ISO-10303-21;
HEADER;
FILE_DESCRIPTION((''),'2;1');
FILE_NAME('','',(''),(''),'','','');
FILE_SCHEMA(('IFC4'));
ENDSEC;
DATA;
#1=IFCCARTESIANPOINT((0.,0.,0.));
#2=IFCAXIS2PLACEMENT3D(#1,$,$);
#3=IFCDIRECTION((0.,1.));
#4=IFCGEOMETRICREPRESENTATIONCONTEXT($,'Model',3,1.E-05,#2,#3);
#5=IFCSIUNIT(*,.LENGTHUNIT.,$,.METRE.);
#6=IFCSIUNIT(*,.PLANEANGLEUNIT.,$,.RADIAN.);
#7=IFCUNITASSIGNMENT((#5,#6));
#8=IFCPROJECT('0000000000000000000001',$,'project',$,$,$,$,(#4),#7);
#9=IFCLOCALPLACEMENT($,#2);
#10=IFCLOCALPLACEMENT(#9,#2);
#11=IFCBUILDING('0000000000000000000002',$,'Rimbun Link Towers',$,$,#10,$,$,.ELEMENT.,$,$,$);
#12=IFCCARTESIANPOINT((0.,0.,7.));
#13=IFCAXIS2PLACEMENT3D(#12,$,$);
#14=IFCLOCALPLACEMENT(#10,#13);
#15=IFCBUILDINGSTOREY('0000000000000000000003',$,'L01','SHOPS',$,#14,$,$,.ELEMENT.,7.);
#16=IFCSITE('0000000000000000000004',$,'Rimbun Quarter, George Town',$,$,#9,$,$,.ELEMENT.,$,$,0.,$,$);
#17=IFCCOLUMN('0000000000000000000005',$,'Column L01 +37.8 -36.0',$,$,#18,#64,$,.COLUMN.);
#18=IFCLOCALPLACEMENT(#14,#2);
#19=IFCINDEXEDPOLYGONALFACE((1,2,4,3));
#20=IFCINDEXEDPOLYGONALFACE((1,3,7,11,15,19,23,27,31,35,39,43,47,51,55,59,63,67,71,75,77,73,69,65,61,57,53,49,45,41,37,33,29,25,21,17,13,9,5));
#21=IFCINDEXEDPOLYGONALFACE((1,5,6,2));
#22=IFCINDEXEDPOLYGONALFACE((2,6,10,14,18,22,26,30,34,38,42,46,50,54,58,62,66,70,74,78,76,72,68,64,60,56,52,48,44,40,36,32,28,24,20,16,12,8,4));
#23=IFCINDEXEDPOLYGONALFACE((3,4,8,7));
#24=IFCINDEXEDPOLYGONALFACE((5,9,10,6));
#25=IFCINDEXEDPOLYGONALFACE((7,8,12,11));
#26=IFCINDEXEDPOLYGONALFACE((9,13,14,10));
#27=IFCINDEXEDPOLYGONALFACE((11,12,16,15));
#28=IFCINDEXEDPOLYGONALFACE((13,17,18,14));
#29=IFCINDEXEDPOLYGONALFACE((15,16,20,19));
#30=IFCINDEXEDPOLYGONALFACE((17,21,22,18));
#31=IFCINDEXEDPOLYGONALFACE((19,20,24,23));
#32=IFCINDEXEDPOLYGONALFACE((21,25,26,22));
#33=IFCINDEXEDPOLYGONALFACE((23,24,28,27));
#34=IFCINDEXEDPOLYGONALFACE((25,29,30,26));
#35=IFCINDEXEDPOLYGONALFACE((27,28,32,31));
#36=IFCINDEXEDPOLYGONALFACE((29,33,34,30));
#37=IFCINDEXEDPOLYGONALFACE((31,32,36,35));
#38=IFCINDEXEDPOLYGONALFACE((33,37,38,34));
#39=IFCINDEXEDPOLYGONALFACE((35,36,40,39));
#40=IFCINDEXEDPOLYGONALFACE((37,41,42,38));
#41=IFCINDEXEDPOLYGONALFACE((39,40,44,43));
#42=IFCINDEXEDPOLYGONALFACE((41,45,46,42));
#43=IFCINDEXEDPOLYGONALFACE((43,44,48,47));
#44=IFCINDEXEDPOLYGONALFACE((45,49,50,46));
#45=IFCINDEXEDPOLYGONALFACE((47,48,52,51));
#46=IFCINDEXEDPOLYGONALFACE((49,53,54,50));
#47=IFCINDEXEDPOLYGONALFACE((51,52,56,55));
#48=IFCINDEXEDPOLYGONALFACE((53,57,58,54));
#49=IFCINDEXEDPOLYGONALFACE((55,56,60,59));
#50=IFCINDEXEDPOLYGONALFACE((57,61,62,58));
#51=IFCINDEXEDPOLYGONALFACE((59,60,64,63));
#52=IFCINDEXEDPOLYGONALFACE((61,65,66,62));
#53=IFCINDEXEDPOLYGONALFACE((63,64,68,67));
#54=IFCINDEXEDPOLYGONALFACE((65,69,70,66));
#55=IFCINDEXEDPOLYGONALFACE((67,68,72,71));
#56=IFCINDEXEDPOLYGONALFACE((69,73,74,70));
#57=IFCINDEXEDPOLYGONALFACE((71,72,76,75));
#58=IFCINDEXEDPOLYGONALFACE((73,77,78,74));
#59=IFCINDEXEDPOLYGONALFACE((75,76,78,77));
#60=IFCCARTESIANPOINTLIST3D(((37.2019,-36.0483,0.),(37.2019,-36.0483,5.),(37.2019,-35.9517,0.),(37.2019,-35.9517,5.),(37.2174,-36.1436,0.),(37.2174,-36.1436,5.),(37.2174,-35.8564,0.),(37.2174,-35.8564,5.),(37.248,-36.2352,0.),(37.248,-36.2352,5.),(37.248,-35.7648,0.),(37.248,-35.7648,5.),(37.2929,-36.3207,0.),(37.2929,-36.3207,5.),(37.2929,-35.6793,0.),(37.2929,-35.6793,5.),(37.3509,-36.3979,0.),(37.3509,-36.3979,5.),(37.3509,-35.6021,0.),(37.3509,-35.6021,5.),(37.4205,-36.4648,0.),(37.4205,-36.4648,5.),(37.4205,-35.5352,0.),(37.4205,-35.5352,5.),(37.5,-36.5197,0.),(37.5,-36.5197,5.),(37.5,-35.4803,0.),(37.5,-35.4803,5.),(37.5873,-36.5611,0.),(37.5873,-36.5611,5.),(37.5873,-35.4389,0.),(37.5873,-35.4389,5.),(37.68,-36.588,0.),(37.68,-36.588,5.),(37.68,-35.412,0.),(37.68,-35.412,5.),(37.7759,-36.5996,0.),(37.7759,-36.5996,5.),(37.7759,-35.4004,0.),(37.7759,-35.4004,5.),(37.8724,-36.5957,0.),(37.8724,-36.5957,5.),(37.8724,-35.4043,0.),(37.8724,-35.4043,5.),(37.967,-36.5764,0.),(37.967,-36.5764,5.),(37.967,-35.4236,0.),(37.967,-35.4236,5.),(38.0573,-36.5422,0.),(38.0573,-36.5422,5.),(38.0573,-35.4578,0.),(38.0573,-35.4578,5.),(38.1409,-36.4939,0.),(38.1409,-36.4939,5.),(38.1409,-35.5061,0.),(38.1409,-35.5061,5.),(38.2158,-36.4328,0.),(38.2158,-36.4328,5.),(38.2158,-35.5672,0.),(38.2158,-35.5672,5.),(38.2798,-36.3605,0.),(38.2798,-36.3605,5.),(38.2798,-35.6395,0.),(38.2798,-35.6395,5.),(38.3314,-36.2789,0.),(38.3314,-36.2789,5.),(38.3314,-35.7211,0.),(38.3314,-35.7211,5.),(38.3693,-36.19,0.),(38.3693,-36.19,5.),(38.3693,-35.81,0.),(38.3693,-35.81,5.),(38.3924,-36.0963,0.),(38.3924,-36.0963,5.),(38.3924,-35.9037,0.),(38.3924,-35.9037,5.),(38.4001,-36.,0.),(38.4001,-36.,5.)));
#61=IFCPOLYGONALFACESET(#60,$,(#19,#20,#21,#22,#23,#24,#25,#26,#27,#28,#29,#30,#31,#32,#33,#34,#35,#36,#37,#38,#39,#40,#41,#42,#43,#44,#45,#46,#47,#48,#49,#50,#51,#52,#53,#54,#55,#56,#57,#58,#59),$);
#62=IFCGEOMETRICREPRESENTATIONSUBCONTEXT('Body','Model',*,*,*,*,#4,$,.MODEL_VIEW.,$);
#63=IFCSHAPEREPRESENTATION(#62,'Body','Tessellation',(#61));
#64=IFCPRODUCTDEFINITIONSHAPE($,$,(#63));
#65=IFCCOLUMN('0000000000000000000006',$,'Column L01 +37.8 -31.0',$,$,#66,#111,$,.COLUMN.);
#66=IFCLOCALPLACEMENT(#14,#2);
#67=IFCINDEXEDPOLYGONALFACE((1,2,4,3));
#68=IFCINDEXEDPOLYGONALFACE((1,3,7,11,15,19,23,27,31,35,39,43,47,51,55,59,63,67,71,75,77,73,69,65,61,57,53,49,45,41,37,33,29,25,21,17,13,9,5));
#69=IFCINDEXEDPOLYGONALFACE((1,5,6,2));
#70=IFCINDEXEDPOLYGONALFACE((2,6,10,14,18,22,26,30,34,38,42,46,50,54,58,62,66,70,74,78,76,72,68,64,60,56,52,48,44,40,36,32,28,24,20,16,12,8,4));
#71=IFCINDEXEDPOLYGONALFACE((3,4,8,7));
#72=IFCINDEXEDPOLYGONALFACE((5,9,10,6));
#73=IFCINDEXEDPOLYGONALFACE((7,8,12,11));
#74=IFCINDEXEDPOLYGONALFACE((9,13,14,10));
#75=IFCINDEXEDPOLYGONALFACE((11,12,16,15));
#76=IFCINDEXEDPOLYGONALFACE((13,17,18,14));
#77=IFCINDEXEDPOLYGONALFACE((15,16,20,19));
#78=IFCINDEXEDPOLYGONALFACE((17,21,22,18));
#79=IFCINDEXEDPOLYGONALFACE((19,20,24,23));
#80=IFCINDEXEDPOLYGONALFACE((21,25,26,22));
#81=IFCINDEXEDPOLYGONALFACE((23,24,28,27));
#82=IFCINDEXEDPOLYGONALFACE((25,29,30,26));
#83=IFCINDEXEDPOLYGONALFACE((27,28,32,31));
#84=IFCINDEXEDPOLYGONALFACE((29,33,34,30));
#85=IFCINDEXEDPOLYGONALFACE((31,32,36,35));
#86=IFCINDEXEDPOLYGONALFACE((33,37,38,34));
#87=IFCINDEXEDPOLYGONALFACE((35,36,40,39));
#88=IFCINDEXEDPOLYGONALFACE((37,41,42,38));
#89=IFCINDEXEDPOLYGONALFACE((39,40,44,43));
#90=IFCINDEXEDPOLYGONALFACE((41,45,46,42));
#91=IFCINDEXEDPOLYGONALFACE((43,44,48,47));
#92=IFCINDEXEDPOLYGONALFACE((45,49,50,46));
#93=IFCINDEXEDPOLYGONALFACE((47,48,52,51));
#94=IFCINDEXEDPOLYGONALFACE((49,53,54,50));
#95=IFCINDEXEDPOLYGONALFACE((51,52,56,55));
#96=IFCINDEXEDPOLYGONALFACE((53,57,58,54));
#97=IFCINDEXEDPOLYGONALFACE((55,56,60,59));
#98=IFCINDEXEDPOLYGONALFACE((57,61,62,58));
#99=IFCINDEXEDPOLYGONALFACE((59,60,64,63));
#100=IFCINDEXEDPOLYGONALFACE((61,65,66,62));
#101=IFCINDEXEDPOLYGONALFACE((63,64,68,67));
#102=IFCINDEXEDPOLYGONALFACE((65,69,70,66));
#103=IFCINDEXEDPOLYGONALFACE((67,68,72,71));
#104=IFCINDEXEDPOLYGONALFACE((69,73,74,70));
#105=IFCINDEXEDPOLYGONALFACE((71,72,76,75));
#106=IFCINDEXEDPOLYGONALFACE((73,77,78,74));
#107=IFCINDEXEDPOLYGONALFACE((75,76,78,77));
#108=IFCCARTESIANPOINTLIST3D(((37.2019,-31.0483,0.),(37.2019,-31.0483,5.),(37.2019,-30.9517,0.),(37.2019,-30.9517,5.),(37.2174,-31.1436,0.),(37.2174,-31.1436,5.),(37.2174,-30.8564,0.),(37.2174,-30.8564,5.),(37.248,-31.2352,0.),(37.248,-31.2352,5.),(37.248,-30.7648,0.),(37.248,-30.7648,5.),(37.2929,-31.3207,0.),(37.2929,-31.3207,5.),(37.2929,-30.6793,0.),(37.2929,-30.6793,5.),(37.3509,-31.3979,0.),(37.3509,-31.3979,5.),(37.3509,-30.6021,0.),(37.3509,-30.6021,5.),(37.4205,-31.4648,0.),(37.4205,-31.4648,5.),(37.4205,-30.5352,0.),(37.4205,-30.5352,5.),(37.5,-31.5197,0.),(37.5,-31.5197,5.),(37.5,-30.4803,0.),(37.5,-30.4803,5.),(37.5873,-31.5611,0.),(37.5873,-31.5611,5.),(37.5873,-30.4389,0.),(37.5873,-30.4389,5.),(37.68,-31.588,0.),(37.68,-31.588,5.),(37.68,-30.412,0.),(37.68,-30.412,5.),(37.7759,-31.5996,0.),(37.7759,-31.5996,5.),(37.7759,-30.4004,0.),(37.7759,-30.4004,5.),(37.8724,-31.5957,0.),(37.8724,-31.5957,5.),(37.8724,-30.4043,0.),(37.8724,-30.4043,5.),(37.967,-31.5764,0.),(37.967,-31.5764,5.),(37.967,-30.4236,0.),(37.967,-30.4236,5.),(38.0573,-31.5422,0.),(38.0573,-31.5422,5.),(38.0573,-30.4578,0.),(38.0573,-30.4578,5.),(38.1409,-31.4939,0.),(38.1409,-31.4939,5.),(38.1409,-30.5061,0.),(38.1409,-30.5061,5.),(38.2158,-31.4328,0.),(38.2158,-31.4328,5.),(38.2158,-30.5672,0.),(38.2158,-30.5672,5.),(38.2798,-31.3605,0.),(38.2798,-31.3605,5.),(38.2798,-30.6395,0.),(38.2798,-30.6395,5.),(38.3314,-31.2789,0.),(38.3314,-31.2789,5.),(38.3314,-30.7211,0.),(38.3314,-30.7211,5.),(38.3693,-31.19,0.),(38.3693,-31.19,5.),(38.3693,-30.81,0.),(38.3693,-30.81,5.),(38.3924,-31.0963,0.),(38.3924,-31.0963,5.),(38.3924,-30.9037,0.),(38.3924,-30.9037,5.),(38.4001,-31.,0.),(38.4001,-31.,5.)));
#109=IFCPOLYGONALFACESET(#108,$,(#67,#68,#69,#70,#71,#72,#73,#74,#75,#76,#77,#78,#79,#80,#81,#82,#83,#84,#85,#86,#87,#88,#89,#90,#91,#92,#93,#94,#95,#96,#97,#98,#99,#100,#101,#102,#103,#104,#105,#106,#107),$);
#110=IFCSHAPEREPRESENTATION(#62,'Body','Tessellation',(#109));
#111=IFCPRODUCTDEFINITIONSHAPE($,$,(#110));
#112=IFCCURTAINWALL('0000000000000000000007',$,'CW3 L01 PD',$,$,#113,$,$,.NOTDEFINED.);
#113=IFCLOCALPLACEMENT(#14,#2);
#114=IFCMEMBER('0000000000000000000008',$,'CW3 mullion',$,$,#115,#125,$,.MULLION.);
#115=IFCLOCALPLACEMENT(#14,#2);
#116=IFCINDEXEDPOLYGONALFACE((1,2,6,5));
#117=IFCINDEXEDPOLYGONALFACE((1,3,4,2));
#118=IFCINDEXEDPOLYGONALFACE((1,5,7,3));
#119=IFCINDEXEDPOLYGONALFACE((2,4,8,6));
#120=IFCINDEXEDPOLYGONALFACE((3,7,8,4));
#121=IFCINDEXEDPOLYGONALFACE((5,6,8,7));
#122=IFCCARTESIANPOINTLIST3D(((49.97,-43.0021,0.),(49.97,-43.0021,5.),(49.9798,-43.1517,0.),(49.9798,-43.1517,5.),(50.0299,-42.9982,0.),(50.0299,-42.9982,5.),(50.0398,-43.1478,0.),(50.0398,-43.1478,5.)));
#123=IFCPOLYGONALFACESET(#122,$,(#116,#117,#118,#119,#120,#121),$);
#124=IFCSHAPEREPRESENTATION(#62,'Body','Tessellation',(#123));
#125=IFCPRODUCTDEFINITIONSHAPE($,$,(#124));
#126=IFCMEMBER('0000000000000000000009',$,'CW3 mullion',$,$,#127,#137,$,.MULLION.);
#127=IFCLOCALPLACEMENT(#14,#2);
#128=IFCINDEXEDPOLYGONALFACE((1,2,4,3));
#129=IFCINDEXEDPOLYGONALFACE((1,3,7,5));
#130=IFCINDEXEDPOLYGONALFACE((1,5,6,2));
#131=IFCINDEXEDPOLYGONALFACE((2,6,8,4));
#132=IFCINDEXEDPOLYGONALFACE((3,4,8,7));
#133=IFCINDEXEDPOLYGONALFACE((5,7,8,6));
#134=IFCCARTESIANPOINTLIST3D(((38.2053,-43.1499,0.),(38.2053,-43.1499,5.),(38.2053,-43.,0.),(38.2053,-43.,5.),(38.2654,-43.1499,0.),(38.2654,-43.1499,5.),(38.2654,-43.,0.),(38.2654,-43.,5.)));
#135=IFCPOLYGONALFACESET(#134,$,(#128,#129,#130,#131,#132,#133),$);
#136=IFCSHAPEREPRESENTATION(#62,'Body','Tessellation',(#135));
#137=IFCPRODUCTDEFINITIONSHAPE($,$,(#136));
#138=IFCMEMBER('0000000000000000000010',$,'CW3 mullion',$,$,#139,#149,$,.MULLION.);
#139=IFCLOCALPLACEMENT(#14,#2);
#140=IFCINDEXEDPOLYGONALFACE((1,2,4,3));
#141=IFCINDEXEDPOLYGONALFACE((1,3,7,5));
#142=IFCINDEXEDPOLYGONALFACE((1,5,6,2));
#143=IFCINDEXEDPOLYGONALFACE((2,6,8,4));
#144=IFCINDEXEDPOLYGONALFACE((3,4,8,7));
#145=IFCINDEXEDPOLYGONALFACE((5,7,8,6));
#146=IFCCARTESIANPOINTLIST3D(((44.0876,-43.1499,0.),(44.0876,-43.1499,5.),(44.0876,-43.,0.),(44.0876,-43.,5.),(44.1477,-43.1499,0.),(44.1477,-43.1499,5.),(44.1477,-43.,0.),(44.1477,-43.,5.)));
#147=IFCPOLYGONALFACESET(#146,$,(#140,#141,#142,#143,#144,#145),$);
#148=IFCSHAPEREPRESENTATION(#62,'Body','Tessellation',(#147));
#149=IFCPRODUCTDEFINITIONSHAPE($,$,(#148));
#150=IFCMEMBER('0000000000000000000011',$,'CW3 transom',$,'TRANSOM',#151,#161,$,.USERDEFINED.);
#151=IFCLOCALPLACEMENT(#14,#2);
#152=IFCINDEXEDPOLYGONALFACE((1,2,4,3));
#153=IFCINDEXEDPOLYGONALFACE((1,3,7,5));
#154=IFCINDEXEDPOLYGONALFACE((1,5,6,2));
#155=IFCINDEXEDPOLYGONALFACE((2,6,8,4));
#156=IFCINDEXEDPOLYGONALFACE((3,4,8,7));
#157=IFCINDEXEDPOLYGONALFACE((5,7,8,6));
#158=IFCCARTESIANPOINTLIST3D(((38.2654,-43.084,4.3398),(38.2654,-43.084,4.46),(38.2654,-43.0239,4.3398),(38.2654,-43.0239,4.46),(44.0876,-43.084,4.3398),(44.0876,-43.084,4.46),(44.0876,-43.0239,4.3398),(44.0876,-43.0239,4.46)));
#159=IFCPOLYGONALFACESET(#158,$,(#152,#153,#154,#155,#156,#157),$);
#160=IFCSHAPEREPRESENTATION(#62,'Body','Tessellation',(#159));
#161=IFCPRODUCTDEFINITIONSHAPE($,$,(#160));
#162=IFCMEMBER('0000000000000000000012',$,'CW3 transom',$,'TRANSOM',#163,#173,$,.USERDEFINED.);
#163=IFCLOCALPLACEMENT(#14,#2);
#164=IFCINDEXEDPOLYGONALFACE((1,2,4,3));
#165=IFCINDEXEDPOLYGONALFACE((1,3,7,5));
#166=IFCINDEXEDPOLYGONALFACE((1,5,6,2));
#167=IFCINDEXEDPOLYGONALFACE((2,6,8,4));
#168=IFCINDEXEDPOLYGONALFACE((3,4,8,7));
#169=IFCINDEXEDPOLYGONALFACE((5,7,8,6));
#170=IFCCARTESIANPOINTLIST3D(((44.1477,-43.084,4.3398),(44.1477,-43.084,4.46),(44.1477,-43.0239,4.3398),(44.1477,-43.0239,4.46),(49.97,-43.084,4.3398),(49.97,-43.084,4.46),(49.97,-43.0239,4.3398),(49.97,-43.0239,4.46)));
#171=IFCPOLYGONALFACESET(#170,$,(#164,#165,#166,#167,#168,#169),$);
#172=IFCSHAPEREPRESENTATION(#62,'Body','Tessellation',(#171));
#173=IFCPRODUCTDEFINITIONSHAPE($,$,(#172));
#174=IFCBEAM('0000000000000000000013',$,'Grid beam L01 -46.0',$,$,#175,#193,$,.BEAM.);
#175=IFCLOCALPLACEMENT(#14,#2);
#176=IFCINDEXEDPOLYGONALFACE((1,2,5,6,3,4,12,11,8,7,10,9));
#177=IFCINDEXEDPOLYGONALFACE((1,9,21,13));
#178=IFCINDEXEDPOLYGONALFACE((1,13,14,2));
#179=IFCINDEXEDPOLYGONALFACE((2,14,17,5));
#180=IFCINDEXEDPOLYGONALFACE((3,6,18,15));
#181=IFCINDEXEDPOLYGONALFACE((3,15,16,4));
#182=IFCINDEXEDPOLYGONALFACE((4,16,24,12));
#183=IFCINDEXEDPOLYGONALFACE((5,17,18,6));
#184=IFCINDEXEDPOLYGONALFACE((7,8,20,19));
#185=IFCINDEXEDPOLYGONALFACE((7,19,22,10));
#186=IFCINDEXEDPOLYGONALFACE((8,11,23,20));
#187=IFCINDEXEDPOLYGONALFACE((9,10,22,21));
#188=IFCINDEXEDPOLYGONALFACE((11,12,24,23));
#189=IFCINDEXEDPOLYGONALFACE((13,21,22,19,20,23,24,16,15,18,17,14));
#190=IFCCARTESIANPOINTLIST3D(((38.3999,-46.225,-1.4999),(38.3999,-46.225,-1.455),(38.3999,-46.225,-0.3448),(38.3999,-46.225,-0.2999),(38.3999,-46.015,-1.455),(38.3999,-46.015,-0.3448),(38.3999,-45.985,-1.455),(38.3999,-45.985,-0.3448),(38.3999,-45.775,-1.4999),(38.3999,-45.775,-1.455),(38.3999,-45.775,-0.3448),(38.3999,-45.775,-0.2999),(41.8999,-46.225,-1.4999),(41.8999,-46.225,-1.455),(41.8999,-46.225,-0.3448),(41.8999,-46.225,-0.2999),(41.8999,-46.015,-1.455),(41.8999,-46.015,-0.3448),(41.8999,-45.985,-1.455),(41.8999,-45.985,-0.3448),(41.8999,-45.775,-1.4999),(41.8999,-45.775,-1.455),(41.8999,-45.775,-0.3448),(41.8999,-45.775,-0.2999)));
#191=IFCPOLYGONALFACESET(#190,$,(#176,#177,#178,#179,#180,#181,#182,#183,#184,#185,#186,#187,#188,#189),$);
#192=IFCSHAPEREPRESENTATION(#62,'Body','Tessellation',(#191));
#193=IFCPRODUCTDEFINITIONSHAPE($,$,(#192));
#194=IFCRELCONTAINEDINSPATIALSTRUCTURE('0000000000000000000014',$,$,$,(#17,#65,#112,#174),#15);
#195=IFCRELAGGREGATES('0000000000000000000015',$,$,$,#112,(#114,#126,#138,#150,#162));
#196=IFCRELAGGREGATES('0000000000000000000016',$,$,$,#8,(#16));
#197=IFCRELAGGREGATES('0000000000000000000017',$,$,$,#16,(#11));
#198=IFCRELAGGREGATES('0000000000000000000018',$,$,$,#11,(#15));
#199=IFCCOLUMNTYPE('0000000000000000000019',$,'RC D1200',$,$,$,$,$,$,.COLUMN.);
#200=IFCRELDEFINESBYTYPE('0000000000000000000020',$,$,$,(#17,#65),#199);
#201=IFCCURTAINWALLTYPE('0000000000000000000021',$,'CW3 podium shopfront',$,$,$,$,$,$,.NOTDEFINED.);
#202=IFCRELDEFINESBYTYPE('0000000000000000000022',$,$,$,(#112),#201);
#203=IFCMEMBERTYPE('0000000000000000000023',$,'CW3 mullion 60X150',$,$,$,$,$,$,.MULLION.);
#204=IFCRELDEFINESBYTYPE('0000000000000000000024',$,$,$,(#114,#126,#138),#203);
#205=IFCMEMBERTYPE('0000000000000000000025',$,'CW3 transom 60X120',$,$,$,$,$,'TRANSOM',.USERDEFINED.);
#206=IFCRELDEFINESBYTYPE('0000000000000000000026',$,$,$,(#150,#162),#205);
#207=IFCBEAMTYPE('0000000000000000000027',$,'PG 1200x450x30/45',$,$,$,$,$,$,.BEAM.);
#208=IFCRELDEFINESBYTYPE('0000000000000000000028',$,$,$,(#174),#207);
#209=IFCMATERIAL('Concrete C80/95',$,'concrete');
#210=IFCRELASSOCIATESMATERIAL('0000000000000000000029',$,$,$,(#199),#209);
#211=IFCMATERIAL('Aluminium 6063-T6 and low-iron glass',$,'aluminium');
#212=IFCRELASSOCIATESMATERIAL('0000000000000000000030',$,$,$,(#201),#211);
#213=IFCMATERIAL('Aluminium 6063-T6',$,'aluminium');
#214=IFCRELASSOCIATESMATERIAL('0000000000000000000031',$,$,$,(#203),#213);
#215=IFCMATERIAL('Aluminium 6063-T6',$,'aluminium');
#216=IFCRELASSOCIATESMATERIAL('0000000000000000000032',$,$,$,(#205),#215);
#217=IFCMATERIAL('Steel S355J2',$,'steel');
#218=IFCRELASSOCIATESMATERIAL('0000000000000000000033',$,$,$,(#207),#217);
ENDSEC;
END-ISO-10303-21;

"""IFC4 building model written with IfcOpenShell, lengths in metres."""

from ifc_helpers import new_model, si_unit, direction, frame, origin, origin_2d, place, context, subcontext, project, spatial, rectangle, circle, i_section, extrude, material, material_profile, profile_set, type_object, element, aggregate, save


model = new_model("IFC4")

# Units and contexts
model_context = context("Model", 3, precision=1e-05, world=origin(), true_north=direction((0.0, 1.0)))
body_context = subcontext(model_context, "Body", "Model", "MODEL_VIEW")
ifc_project = project(units=[si_unit("LENGTHUNIT", "METRE"), si_unit("PLANEANGLEUNIT", "RADIAN")], contexts=[model_context])

# Site, building, storey
site_placement = place(None, origin())
site = spatial("IfcSite", under=ifc_project, at=site_placement, Name="Rimbun Quarter, George Town", CompositionType="ELEMENT", RefElevation=0.0)
building_placement = place(site_placement, origin())
building = spatial("IfcBuilding", under=site, at=building_placement, Name="Rimbun Link Towers", CompositionType="ELEMENT")
storey_placement = place(building_placement, frame((0.0, 0.0, 7.0)))
storey = spatial("IfcBuildingStorey", under=building, at=storey_placement, Name="L01", Description="SHOPS", CompositionType="ELEMENT", Elevation=7.0)

# Columns
ifc_material_1 = material(Name="Concrete C80/95", Category="concrete")
ifc_material_profile_1 = material_profile(ifc_material_1, circle(Radius=0.6001, at=origin_2d()), Name="RC D1200")
ifc_profile_set_1 = profile_set([ifc_material_profile_1], Name="Concrete C80/95")
column_type = type_object("IfcColumnType", Name="RC D1200", PredefinedType="COLUMN", material=ifc_profile_set_1)
for number, where, z_axis, x_axis, name in (
    (1, (37.8, -36.0, 0.0), (0.0, 0.0, 1.0), (1.0, 0.0, 0.0), "Column L01 +37.8 -36.0"),
    (2, (37.8, -31.0, 0.0), (0.0, 0.0, 1.0), (1.0, 0.0, 0.0), "Column L01 +37.8 -31.0"),
):
    element("IfcColumn", number, at=place(storey_placement, frame(where, z_axis=z_axis, x_axis=x_axis)), inside=storey, type_object=column_type, Name=name, PredefinedType="COLUMN", context=body_context, shape_type="SweptSolid", body=[
        extrude(circle(Radius=0.6001, at=origin_2d()), origin(), (0.0, 0.0, 1.0), 5.0),
    ])

# Curtain wall, members
ifc_material_2 = material(Name="Aluminium 6063-T6 and low-iron glass", Category="aluminium")
curtain_wall_type = type_object("IfcCurtainWallType", Name="CW3 podium shopfront", PredefinedType="NOTDEFINED", material=ifc_material_2)
curtain_wall_placement = place(storey_placement, origin())
curtain_wall = element("IfcCurtainWall", 3, at=curtain_wall_placement, inside=storey, type_object=curtain_wall_type, Name="CW3 L01 PD", PredefinedType="NOTDEFINED")
ifc_material_3 = material(Name="Aluminium 6063-T6", Category="aluminium")
ifc_material_profile_2 = material_profile(ifc_material_3, rectangle(XDim=0.1499, YDim=0.0601, at=origin_2d()), Name="MULLION 60X150")
ifc_profile_set_2 = profile_set([ifc_material_profile_2], Name="Aluminium 6063-T6")
member_type_1 = type_object("IfcMemberType", Name="CW3 mullion 60X150", PredefinedType="MULLION", material=ifc_profile_set_2)
member_1_placement = place(storey_placement, frame((50.0049, -43.075, 0.0), z_axis=(0.0, 0.0, 1.0), x_axis=(0.065405, -0.997859, 0.0)))
member_1 = element("IfcMember", 4, at=member_1_placement, type_object=member_type_1, Name="CW3 mullion", PredefinedType="MULLION", context=body_context, shape_type="SweptSolid", body=[
    extrude(rectangle(XDim=0.1499, YDim=0.0601, at=origin_2d()), origin(), (0.0, 0.0, 1.0), 5.0),
])
member_2_placement = place(storey_placement, frame((38.2354, -43.075, 0.0), z_axis=(0.0, 0.0, 1.0), x_axis=(0.0, -1.0, 0.0)))
member_2 = element("IfcMember", 5, at=member_2_placement, type_object=member_type_1, Name="CW3 mullion", PredefinedType="MULLION", context=body_context, shape_type="SweptSolid", body=[
    extrude(rectangle(XDim=0.1499, YDim=0.0601, at=origin_2d()), origin(), (0.0, 0.0, 1.0), 5.0),
])
member_3_placement = place(storey_placement, frame((44.1177, -43.075, 0.0), z_axis=(0.0, 0.0, 1.0), x_axis=(0.0, -1.0, 0.0)))
member_3 = element("IfcMember", 6, at=member_3_placement, type_object=member_type_1, Name="CW3 mullion", PredefinedType="MULLION", context=body_context, shape_type="SweptSolid", body=[
    extrude(rectangle(XDim=0.1499, YDim=0.0601, at=origin_2d()), origin(), (0.0, 0.0, 1.0), 5.0),
])
ifc_material_4 = material(Name="Aluminium 6063-T6", Category="aluminium")
ifc_material_profile_3 = material_profile(ifc_material_4, rectangle(XDim=0.0601, YDim=0.1201, at=origin_2d()), Name="TRANSOM 60X120")
ifc_profile_set_3 = profile_set([ifc_material_profile_3], Name="Aluminium 6063-T6")
member_type_2 = type_object("IfcMemberType", Name="CW3 transom 60X120", ElementType="TRANSOM", PredefinedType="USERDEFINED", material=ifc_profile_set_3)
member_4_placement = place(storey_placement, frame((44.0876, -43.054, 4.3999), z_axis=(-1.0, 0.0, 0.0), x_axis=(0.0, -1.0, 0.0)))
member_4 = element("IfcMember", 7, at=member_4_placement, type_object=member_type_2, Name="CW3 transom", ObjectType="TRANSOM", PredefinedType="USERDEFINED", context=body_context, shape_type="SweptSolid", body=[
    extrude(rectangle(XDim=0.0601, YDim=0.1201, at=origin_2d()), origin(), (0.0, 0.0, 1.0), 5.8223),
])
member_5_placement = place(storey_placement, frame((49.97, -43.054, 4.3999), z_axis=(-1.0, 0.0, 0.0), x_axis=(0.0, -1.0, 0.0)))
member_5 = element("IfcMember", 8, at=member_5_placement, type_object=member_type_2, Name="CW3 transom", ObjectType="TRANSOM", PredefinedType="USERDEFINED", context=body_context, shape_type="SweptSolid", body=[
    extrude(rectangle(XDim=0.0601, YDim=0.1201, at=origin_2d()), origin(), (0.0, 0.0, 1.0), 5.8223),
])

# Beam
ifc_material_5 = material(Name="Steel S355J2", Category="steel")
ifc_material_profile_4 = material_profile(ifc_material_5, i_section(OverallWidth=0.45, OverallDepth=1.2, WebThickness=0.03, FlangeThickness=0.0449, at=origin_2d()), Name="PG 1200x450x30/45")
ifc_profile_set_4 = profile_set([ifc_material_profile_4], Name="Steel S355J2")
beam_type_1 = type_object("IfcBeamType", Name="PG 1200x450x30/45", PredefinedType="BEAM", material=ifc_profile_set_4)
beam_1_placement = place(storey_placement, frame((38.3999, -46.0, -0.8999), z_axis=(1.0, 0.0, 0.0), x_axis=(0.0, 1.0, 0.0)))
element("IfcBeam", 9, at=beam_1_placement, inside=storey, type_object=beam_type_1, Name="Grid beam L01 -46.0", PredefinedType="BEAM", context=body_context, shape_type="SweptSolid", body=[
    extrude(i_section(OverallWidth=0.45, OverallDepth=1.2, WebThickness=0.03, FlangeThickness=0.0449, at=origin_2d()), origin(), (0.0, 0.0, 1.0), 3.5),
])

aggregate(curtain_wall, [member_1, member_2, member_3, member_4, member_5])

save(model, "model.ifc")
